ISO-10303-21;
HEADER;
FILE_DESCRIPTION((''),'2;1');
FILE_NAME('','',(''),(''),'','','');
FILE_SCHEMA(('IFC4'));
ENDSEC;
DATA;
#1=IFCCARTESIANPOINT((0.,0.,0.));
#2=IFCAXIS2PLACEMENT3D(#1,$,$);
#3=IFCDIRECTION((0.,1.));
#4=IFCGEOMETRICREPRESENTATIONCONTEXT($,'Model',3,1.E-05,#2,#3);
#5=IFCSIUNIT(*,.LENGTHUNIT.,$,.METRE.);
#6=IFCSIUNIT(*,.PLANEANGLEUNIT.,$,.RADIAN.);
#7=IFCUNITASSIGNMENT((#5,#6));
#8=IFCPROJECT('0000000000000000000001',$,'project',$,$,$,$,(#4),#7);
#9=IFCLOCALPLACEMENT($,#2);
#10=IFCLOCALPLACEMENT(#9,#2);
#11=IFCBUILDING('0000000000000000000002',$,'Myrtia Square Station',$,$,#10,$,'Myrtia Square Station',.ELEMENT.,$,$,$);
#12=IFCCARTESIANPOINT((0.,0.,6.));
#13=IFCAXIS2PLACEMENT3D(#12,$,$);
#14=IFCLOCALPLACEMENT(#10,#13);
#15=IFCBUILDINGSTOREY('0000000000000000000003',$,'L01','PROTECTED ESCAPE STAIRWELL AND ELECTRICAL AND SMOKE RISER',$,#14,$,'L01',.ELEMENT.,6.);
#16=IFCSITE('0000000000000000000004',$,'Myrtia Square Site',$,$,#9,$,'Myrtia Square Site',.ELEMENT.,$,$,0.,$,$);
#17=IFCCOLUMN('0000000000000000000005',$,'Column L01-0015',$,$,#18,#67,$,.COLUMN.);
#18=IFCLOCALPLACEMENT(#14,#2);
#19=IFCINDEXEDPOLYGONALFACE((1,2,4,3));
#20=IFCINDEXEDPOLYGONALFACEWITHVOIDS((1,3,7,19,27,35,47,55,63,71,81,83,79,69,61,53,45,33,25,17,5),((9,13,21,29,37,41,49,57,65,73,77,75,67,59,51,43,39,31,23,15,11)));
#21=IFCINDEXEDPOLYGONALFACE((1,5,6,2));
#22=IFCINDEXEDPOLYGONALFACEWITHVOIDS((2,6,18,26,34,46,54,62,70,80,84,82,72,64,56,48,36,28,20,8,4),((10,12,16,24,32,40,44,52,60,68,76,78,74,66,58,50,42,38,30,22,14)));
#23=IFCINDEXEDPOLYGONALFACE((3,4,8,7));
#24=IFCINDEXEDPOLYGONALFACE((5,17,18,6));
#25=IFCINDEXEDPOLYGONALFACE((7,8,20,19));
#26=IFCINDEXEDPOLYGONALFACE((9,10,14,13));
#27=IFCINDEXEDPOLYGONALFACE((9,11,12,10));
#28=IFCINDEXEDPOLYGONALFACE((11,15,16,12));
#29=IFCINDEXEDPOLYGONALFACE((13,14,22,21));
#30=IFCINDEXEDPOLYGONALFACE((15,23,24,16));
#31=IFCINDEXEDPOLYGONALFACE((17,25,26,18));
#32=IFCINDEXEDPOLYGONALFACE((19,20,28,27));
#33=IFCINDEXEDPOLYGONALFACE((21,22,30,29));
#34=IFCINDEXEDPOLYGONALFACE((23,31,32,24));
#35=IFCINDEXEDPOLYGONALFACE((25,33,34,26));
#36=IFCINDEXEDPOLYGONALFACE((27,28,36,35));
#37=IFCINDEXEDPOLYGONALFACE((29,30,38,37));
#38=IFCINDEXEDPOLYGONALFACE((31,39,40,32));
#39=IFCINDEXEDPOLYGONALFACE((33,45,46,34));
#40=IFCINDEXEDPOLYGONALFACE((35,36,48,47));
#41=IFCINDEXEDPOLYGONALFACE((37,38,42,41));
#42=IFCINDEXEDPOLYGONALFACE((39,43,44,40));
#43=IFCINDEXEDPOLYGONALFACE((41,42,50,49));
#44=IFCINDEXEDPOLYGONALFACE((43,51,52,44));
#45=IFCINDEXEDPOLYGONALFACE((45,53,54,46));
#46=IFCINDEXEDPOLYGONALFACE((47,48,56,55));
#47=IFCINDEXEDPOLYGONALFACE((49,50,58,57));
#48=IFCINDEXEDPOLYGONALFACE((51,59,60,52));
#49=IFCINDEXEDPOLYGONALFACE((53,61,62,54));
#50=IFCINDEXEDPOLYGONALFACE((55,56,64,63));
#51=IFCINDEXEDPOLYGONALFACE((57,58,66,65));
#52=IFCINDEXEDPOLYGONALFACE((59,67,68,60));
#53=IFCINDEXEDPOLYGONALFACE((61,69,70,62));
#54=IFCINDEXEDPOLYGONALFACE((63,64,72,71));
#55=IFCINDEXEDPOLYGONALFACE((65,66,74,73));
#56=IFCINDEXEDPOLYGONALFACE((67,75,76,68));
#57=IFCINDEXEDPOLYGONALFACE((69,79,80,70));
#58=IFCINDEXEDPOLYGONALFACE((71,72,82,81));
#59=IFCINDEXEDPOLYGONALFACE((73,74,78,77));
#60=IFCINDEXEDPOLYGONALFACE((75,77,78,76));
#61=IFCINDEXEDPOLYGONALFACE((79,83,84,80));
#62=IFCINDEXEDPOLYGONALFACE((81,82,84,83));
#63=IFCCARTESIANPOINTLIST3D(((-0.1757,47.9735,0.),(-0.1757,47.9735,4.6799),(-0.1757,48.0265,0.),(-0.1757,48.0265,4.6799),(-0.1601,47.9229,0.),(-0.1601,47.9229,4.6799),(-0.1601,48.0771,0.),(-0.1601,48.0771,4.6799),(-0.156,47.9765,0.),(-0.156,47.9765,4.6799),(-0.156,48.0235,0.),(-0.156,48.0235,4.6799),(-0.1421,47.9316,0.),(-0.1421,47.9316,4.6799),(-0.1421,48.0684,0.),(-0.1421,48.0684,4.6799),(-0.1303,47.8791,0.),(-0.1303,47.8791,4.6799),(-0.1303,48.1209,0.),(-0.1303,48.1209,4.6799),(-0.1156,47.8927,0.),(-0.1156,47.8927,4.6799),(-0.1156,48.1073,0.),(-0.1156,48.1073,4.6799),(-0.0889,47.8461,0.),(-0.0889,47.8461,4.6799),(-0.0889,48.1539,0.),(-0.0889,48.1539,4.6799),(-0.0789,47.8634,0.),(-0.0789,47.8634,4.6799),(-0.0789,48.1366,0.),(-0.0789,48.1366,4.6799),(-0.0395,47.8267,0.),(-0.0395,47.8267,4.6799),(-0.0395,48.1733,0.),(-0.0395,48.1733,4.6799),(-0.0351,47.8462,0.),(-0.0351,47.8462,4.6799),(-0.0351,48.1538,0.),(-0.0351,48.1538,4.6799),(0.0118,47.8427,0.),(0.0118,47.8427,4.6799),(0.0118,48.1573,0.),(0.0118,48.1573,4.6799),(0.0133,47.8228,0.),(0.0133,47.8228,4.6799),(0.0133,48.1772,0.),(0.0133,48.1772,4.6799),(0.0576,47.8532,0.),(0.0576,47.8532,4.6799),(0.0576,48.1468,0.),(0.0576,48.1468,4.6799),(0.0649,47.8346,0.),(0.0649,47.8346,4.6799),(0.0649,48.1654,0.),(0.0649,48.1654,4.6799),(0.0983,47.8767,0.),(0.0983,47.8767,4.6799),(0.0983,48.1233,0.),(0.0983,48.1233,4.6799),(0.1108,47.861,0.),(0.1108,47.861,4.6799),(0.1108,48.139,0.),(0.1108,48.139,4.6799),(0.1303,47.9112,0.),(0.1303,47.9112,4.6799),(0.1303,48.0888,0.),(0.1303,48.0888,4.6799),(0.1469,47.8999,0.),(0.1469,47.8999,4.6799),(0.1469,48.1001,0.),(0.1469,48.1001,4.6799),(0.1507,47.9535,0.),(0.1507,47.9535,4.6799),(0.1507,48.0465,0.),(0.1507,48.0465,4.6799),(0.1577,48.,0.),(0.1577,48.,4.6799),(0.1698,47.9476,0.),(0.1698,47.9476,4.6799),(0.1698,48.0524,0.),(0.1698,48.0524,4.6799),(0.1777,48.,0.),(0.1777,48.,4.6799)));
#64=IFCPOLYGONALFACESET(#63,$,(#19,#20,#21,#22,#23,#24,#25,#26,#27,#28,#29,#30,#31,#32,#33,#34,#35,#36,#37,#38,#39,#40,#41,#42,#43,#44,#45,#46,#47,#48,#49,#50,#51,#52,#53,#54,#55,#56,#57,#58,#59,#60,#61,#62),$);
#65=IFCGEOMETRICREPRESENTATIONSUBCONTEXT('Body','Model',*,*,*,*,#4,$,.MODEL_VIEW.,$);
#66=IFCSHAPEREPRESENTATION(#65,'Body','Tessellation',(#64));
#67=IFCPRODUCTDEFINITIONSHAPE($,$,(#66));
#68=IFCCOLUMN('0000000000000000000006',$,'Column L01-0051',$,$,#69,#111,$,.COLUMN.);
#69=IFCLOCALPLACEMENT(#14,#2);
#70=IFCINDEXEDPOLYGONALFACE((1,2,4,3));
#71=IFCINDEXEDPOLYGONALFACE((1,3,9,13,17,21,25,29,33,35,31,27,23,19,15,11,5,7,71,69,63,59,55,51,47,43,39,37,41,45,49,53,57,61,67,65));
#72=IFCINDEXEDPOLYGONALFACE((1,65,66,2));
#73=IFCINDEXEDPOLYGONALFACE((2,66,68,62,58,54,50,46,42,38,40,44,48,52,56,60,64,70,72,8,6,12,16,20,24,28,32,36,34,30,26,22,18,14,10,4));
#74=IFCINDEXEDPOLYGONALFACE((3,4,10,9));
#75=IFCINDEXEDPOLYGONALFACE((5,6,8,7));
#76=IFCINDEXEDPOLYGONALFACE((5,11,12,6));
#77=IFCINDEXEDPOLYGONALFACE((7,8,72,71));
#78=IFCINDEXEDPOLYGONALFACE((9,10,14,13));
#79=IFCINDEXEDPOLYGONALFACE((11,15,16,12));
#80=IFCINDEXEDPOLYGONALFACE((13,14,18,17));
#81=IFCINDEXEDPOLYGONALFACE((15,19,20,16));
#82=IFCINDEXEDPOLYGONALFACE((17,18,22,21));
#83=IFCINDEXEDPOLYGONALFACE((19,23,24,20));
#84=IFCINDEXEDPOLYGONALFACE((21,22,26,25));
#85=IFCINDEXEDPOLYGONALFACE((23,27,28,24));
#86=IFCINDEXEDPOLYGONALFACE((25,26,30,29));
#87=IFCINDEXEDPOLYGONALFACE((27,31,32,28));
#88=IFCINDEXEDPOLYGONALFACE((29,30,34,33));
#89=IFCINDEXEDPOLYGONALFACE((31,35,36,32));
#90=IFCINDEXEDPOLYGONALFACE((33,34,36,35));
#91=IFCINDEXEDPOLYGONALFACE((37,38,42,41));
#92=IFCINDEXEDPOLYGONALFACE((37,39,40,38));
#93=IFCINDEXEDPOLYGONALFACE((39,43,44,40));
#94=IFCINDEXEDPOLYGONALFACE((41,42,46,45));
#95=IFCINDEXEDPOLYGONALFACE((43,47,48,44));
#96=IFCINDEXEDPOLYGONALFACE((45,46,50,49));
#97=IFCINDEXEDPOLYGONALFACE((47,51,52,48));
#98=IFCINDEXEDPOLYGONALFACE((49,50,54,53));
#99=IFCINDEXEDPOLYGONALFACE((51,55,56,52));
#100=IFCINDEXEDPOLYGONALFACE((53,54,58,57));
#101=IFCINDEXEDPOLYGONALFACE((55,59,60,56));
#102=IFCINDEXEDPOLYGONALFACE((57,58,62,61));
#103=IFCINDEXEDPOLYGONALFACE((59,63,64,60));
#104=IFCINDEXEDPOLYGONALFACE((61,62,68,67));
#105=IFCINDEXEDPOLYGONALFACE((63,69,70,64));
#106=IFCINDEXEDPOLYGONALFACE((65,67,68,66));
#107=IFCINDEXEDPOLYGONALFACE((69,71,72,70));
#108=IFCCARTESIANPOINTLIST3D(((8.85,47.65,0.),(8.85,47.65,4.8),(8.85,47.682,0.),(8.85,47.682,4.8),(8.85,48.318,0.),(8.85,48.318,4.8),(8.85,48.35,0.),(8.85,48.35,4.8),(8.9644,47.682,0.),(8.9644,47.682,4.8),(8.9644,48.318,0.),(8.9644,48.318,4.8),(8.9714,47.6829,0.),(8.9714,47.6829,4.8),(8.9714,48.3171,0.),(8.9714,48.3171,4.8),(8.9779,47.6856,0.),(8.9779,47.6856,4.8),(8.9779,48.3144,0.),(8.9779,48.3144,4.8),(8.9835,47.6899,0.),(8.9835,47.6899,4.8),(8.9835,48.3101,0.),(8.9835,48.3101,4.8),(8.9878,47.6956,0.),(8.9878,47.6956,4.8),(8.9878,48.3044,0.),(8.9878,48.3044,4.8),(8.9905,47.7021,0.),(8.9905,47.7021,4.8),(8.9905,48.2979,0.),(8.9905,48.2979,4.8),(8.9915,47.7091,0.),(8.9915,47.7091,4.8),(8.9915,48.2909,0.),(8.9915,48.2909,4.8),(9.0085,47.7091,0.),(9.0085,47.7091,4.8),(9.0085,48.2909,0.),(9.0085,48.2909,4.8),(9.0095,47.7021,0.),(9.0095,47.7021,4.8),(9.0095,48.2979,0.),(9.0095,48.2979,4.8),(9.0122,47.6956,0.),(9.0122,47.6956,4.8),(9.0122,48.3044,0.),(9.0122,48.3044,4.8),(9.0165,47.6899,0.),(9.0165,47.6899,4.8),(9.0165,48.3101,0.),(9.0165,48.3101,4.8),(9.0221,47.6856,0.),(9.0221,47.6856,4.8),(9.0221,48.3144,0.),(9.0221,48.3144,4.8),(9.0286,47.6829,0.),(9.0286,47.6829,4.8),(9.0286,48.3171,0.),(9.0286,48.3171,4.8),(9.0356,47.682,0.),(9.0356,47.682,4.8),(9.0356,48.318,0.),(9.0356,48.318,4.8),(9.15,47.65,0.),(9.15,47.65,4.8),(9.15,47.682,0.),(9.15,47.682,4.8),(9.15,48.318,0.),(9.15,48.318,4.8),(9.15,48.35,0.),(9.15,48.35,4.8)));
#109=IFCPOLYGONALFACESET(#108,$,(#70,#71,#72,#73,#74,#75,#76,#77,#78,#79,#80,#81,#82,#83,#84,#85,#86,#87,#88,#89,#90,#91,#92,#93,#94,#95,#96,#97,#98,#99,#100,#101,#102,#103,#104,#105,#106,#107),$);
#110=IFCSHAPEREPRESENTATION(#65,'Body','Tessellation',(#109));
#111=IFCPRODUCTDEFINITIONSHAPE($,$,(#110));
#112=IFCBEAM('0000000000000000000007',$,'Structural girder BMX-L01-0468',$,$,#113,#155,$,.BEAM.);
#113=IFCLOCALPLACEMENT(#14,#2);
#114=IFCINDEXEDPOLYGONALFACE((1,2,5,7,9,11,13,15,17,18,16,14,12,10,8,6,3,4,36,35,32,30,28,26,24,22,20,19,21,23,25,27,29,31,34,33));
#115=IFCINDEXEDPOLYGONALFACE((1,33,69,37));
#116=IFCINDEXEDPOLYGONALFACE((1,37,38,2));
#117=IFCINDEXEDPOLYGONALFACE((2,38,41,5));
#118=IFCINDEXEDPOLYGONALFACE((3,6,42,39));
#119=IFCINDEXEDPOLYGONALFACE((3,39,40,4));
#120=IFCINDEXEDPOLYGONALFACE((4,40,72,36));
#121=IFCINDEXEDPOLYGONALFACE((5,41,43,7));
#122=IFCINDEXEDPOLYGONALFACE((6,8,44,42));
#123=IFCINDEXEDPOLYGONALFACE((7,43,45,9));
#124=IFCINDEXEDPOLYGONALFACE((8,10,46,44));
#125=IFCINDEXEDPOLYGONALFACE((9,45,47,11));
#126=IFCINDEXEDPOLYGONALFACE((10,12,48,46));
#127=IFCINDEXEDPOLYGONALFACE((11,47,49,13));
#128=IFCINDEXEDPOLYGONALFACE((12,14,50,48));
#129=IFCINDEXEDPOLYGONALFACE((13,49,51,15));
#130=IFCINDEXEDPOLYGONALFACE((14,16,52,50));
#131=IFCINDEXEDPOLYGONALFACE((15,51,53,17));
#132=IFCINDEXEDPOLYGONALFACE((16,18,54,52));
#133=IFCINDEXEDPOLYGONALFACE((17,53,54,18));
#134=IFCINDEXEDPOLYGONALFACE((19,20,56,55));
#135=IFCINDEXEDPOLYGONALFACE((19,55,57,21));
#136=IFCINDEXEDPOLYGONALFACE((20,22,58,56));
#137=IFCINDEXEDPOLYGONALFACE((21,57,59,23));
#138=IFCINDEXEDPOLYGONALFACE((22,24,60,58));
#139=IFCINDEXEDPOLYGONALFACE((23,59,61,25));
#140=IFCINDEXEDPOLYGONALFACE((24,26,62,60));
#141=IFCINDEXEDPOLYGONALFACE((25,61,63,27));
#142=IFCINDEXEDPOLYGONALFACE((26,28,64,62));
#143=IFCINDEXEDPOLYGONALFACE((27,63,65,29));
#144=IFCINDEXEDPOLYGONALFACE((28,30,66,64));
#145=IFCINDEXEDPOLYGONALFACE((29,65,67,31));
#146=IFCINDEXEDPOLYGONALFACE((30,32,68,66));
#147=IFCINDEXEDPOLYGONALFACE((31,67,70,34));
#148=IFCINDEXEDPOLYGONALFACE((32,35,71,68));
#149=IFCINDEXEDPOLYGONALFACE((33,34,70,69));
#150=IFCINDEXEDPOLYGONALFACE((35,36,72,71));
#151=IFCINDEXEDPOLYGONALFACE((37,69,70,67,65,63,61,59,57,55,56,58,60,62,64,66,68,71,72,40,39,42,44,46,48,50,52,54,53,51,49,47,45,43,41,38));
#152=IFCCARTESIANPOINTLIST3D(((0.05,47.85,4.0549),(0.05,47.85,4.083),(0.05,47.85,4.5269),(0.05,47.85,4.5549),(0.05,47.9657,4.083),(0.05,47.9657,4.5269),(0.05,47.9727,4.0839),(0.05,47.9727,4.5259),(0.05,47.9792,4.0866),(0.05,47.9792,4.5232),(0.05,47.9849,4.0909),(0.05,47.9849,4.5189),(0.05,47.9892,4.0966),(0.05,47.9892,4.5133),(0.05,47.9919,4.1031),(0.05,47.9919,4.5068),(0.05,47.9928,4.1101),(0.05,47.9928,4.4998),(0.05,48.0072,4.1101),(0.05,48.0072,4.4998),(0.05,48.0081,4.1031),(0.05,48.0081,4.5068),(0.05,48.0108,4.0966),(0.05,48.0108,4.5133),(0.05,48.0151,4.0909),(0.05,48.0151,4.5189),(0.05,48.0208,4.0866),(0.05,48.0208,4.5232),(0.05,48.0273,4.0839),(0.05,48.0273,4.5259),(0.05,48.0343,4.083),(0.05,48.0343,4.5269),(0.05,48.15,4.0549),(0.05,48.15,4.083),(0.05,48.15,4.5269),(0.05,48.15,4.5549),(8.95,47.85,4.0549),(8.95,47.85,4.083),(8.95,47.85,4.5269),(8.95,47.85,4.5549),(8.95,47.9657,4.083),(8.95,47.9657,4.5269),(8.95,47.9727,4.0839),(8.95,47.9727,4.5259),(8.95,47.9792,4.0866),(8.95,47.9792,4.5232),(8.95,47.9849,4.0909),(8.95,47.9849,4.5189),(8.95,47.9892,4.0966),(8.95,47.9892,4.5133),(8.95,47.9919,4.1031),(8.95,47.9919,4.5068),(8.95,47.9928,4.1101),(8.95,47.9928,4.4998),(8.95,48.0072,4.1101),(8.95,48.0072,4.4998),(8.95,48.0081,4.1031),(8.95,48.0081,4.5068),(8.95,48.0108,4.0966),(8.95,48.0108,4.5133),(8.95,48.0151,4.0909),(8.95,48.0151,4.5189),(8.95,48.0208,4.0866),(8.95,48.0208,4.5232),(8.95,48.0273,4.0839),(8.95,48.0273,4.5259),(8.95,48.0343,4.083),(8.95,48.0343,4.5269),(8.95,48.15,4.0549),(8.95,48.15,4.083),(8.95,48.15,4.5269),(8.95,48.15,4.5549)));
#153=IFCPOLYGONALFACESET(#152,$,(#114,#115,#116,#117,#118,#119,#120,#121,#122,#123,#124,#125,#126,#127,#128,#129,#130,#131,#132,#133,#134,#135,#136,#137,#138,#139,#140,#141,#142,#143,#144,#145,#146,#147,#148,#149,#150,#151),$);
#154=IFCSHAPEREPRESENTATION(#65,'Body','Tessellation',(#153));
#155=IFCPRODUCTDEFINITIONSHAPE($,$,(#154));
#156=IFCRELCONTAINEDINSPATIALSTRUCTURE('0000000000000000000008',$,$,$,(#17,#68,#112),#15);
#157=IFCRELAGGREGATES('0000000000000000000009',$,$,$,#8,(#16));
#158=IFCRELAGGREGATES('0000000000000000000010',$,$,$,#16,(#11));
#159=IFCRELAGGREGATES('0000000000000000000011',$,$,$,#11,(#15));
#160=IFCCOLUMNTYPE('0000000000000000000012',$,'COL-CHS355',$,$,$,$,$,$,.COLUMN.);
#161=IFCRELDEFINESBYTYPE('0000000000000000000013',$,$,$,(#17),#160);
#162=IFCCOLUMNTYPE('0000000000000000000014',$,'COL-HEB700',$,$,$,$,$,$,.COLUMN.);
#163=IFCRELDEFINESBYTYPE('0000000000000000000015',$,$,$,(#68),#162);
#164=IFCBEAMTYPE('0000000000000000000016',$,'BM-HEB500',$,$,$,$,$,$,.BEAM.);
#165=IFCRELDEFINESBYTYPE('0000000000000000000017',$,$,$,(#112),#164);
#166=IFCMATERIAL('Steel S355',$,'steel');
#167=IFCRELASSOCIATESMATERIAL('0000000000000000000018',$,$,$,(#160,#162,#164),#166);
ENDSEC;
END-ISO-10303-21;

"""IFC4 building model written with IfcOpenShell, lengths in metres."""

from ifc_helpers import new_model, si_unit, direction, frame, origin, origin_2d, place, context, subcontext, project, spatial, hollow_circle, i_section, extrude, material, material_profile, profile_set, type_object, element, save


model = new_model("IFC4")

# Units and contexts
model_context = context("Model", 3, precision=1e-05, world=origin(), true_north=direction((0.0, 1.0)))
body_context = subcontext(model_context, "Body", "Model", "MODEL_VIEW")
ifc_project = project(units=[si_unit("LENGTHUNIT", "METRE"), si_unit("PLANEANGLEUNIT", "RADIAN")], contexts=[model_context])

# Site, building, storey
site_placement = place(None, origin())
site = spatial("IfcSite", under=ifc_project, at=site_placement, Name="Myrtia Square Site", LongName="Myrtia Square Site", CompositionType="ELEMENT", RefElevation=0.0)
building_placement = place(site_placement, origin())
building = spatial("IfcBuilding", under=site, at=building_placement, Name="Myrtia Square Station", LongName="Myrtia Square Station", CompositionType="ELEMENT")
storey_placement = place(building_placement, frame((0.0, 0.0, 6.0)))
storey = spatial("IfcBuildingStorey", under=building, at=storey_placement, Name="L01", Description="PROTECTED ESCAPE STAIRWELL AND ELECTRICAL AND SMOKE RISER", LongName="L01", CompositionType="ELEMENT", Elevation=6.0)

# Columns
ifc_material_1 = material(Name="Steel S355", Category="steel")
ifc_material_profile_1 = material_profile(ifc_material_1, hollow_circle(Radius=0.1777, WallThickness=0.02, at=origin_2d()), Name="CHS 355.6x20")
ifc_profile_set_1 = profile_set([ifc_material_profile_1], Name="Steel S355")
column_type_1 = type_object("IfcColumnType", Name="COL-CHS355", PredefinedType="COLUMN", material=ifc_profile_set_1)
column_1_placement = place(storey_placement, frame((0.0, 48.0, 0.0), z_axis=(0.0, 0.0, 1.0), x_axis=(1.0, 0.0, 0.0)))
element("IfcColumn", 1, at=column_1_placement, inside=storey, type_object=column_type_1, Name="Column L01-0015", PredefinedType="COLUMN", context=body_context, shape_type="SweptSolid", body=[
    extrude(hollow_circle(Radius=0.1777, WallThickness=0.02, at=origin_2d()), origin(), (0.0, 0.0, 1.0), 4.6799),
])
ifc_material_profile_2 = material_profile(ifc_material_1, i_section(OverallWidth=0.3, OverallDepth=0.7, WebThickness=0.0171, FlangeThickness=0.032, FilletRadius=0.0271, at=origin_2d()), Name="HEB 700")
ifc_profile_set_2 = profile_set([ifc_material_profile_2], Name="Steel S355")
column_type_2 = type_object("IfcColumnType", Name="COL-HEB700", PredefinedType="COLUMN", material=ifc_profile_set_2)
column_2_placement = place(storey_placement, frame((9.0, 48.0, 0.0), z_axis=(0.0, 0.0, 1.0), x_axis=(1.0, 0.0, 0.0)))
element("IfcColumn", 2, at=column_2_placement, inside=storey, type_object=column_type_2, Name="Column L01-0051", PredefinedType="COLUMN", context=body_context, shape_type="SweptSolid", body=[
    extrude(i_section(OverallWidth=0.3, OverallDepth=0.7, WebThickness=0.0171, FlangeThickness=0.032, FilletRadius=0.0271, at=origin_2d()), origin(), (0.0, 0.0, 1.0), 4.8),
])

# Beam
ifc_material_profile_3 = material_profile(ifc_material_1, i_section(OverallWidth=0.3, OverallDepth=0.5, WebThickness=0.0144, FlangeThickness=0.0281, FilletRadius=0.0271, at=origin_2d()), Name="HEB 500")
ifc_profile_set_3 = profile_set([ifc_material_profile_3], Name="Steel S355")
beam_type_1 = type_object("IfcBeamType", Name="BM-HEB500", PredefinedType="BEAM", material=ifc_profile_set_3)
beam_1_placement = place(storey_placement, frame((0.05, 48.0, 4.3049), z_axis=(1.0, 0.0, 0.0), x_axis=(0.0, 1.0, 0.0)))
element("IfcBeam", 3, at=beam_1_placement, inside=storey, type_object=beam_type_1, Name="Structural girder BMX-L01-0468", PredefinedType="BEAM", context=body_context, shape_type="SweptSolid", body=[
    extrude(i_section(OverallWidth=0.3, OverallDepth=0.5, WebThickness=0.0144, FlangeThickness=0.0281, FilletRadius=0.0271, at=origin_2d()), origin(), (0.0, 0.0, 1.0), 8.8999),
])

save(model, "model.ifc")
